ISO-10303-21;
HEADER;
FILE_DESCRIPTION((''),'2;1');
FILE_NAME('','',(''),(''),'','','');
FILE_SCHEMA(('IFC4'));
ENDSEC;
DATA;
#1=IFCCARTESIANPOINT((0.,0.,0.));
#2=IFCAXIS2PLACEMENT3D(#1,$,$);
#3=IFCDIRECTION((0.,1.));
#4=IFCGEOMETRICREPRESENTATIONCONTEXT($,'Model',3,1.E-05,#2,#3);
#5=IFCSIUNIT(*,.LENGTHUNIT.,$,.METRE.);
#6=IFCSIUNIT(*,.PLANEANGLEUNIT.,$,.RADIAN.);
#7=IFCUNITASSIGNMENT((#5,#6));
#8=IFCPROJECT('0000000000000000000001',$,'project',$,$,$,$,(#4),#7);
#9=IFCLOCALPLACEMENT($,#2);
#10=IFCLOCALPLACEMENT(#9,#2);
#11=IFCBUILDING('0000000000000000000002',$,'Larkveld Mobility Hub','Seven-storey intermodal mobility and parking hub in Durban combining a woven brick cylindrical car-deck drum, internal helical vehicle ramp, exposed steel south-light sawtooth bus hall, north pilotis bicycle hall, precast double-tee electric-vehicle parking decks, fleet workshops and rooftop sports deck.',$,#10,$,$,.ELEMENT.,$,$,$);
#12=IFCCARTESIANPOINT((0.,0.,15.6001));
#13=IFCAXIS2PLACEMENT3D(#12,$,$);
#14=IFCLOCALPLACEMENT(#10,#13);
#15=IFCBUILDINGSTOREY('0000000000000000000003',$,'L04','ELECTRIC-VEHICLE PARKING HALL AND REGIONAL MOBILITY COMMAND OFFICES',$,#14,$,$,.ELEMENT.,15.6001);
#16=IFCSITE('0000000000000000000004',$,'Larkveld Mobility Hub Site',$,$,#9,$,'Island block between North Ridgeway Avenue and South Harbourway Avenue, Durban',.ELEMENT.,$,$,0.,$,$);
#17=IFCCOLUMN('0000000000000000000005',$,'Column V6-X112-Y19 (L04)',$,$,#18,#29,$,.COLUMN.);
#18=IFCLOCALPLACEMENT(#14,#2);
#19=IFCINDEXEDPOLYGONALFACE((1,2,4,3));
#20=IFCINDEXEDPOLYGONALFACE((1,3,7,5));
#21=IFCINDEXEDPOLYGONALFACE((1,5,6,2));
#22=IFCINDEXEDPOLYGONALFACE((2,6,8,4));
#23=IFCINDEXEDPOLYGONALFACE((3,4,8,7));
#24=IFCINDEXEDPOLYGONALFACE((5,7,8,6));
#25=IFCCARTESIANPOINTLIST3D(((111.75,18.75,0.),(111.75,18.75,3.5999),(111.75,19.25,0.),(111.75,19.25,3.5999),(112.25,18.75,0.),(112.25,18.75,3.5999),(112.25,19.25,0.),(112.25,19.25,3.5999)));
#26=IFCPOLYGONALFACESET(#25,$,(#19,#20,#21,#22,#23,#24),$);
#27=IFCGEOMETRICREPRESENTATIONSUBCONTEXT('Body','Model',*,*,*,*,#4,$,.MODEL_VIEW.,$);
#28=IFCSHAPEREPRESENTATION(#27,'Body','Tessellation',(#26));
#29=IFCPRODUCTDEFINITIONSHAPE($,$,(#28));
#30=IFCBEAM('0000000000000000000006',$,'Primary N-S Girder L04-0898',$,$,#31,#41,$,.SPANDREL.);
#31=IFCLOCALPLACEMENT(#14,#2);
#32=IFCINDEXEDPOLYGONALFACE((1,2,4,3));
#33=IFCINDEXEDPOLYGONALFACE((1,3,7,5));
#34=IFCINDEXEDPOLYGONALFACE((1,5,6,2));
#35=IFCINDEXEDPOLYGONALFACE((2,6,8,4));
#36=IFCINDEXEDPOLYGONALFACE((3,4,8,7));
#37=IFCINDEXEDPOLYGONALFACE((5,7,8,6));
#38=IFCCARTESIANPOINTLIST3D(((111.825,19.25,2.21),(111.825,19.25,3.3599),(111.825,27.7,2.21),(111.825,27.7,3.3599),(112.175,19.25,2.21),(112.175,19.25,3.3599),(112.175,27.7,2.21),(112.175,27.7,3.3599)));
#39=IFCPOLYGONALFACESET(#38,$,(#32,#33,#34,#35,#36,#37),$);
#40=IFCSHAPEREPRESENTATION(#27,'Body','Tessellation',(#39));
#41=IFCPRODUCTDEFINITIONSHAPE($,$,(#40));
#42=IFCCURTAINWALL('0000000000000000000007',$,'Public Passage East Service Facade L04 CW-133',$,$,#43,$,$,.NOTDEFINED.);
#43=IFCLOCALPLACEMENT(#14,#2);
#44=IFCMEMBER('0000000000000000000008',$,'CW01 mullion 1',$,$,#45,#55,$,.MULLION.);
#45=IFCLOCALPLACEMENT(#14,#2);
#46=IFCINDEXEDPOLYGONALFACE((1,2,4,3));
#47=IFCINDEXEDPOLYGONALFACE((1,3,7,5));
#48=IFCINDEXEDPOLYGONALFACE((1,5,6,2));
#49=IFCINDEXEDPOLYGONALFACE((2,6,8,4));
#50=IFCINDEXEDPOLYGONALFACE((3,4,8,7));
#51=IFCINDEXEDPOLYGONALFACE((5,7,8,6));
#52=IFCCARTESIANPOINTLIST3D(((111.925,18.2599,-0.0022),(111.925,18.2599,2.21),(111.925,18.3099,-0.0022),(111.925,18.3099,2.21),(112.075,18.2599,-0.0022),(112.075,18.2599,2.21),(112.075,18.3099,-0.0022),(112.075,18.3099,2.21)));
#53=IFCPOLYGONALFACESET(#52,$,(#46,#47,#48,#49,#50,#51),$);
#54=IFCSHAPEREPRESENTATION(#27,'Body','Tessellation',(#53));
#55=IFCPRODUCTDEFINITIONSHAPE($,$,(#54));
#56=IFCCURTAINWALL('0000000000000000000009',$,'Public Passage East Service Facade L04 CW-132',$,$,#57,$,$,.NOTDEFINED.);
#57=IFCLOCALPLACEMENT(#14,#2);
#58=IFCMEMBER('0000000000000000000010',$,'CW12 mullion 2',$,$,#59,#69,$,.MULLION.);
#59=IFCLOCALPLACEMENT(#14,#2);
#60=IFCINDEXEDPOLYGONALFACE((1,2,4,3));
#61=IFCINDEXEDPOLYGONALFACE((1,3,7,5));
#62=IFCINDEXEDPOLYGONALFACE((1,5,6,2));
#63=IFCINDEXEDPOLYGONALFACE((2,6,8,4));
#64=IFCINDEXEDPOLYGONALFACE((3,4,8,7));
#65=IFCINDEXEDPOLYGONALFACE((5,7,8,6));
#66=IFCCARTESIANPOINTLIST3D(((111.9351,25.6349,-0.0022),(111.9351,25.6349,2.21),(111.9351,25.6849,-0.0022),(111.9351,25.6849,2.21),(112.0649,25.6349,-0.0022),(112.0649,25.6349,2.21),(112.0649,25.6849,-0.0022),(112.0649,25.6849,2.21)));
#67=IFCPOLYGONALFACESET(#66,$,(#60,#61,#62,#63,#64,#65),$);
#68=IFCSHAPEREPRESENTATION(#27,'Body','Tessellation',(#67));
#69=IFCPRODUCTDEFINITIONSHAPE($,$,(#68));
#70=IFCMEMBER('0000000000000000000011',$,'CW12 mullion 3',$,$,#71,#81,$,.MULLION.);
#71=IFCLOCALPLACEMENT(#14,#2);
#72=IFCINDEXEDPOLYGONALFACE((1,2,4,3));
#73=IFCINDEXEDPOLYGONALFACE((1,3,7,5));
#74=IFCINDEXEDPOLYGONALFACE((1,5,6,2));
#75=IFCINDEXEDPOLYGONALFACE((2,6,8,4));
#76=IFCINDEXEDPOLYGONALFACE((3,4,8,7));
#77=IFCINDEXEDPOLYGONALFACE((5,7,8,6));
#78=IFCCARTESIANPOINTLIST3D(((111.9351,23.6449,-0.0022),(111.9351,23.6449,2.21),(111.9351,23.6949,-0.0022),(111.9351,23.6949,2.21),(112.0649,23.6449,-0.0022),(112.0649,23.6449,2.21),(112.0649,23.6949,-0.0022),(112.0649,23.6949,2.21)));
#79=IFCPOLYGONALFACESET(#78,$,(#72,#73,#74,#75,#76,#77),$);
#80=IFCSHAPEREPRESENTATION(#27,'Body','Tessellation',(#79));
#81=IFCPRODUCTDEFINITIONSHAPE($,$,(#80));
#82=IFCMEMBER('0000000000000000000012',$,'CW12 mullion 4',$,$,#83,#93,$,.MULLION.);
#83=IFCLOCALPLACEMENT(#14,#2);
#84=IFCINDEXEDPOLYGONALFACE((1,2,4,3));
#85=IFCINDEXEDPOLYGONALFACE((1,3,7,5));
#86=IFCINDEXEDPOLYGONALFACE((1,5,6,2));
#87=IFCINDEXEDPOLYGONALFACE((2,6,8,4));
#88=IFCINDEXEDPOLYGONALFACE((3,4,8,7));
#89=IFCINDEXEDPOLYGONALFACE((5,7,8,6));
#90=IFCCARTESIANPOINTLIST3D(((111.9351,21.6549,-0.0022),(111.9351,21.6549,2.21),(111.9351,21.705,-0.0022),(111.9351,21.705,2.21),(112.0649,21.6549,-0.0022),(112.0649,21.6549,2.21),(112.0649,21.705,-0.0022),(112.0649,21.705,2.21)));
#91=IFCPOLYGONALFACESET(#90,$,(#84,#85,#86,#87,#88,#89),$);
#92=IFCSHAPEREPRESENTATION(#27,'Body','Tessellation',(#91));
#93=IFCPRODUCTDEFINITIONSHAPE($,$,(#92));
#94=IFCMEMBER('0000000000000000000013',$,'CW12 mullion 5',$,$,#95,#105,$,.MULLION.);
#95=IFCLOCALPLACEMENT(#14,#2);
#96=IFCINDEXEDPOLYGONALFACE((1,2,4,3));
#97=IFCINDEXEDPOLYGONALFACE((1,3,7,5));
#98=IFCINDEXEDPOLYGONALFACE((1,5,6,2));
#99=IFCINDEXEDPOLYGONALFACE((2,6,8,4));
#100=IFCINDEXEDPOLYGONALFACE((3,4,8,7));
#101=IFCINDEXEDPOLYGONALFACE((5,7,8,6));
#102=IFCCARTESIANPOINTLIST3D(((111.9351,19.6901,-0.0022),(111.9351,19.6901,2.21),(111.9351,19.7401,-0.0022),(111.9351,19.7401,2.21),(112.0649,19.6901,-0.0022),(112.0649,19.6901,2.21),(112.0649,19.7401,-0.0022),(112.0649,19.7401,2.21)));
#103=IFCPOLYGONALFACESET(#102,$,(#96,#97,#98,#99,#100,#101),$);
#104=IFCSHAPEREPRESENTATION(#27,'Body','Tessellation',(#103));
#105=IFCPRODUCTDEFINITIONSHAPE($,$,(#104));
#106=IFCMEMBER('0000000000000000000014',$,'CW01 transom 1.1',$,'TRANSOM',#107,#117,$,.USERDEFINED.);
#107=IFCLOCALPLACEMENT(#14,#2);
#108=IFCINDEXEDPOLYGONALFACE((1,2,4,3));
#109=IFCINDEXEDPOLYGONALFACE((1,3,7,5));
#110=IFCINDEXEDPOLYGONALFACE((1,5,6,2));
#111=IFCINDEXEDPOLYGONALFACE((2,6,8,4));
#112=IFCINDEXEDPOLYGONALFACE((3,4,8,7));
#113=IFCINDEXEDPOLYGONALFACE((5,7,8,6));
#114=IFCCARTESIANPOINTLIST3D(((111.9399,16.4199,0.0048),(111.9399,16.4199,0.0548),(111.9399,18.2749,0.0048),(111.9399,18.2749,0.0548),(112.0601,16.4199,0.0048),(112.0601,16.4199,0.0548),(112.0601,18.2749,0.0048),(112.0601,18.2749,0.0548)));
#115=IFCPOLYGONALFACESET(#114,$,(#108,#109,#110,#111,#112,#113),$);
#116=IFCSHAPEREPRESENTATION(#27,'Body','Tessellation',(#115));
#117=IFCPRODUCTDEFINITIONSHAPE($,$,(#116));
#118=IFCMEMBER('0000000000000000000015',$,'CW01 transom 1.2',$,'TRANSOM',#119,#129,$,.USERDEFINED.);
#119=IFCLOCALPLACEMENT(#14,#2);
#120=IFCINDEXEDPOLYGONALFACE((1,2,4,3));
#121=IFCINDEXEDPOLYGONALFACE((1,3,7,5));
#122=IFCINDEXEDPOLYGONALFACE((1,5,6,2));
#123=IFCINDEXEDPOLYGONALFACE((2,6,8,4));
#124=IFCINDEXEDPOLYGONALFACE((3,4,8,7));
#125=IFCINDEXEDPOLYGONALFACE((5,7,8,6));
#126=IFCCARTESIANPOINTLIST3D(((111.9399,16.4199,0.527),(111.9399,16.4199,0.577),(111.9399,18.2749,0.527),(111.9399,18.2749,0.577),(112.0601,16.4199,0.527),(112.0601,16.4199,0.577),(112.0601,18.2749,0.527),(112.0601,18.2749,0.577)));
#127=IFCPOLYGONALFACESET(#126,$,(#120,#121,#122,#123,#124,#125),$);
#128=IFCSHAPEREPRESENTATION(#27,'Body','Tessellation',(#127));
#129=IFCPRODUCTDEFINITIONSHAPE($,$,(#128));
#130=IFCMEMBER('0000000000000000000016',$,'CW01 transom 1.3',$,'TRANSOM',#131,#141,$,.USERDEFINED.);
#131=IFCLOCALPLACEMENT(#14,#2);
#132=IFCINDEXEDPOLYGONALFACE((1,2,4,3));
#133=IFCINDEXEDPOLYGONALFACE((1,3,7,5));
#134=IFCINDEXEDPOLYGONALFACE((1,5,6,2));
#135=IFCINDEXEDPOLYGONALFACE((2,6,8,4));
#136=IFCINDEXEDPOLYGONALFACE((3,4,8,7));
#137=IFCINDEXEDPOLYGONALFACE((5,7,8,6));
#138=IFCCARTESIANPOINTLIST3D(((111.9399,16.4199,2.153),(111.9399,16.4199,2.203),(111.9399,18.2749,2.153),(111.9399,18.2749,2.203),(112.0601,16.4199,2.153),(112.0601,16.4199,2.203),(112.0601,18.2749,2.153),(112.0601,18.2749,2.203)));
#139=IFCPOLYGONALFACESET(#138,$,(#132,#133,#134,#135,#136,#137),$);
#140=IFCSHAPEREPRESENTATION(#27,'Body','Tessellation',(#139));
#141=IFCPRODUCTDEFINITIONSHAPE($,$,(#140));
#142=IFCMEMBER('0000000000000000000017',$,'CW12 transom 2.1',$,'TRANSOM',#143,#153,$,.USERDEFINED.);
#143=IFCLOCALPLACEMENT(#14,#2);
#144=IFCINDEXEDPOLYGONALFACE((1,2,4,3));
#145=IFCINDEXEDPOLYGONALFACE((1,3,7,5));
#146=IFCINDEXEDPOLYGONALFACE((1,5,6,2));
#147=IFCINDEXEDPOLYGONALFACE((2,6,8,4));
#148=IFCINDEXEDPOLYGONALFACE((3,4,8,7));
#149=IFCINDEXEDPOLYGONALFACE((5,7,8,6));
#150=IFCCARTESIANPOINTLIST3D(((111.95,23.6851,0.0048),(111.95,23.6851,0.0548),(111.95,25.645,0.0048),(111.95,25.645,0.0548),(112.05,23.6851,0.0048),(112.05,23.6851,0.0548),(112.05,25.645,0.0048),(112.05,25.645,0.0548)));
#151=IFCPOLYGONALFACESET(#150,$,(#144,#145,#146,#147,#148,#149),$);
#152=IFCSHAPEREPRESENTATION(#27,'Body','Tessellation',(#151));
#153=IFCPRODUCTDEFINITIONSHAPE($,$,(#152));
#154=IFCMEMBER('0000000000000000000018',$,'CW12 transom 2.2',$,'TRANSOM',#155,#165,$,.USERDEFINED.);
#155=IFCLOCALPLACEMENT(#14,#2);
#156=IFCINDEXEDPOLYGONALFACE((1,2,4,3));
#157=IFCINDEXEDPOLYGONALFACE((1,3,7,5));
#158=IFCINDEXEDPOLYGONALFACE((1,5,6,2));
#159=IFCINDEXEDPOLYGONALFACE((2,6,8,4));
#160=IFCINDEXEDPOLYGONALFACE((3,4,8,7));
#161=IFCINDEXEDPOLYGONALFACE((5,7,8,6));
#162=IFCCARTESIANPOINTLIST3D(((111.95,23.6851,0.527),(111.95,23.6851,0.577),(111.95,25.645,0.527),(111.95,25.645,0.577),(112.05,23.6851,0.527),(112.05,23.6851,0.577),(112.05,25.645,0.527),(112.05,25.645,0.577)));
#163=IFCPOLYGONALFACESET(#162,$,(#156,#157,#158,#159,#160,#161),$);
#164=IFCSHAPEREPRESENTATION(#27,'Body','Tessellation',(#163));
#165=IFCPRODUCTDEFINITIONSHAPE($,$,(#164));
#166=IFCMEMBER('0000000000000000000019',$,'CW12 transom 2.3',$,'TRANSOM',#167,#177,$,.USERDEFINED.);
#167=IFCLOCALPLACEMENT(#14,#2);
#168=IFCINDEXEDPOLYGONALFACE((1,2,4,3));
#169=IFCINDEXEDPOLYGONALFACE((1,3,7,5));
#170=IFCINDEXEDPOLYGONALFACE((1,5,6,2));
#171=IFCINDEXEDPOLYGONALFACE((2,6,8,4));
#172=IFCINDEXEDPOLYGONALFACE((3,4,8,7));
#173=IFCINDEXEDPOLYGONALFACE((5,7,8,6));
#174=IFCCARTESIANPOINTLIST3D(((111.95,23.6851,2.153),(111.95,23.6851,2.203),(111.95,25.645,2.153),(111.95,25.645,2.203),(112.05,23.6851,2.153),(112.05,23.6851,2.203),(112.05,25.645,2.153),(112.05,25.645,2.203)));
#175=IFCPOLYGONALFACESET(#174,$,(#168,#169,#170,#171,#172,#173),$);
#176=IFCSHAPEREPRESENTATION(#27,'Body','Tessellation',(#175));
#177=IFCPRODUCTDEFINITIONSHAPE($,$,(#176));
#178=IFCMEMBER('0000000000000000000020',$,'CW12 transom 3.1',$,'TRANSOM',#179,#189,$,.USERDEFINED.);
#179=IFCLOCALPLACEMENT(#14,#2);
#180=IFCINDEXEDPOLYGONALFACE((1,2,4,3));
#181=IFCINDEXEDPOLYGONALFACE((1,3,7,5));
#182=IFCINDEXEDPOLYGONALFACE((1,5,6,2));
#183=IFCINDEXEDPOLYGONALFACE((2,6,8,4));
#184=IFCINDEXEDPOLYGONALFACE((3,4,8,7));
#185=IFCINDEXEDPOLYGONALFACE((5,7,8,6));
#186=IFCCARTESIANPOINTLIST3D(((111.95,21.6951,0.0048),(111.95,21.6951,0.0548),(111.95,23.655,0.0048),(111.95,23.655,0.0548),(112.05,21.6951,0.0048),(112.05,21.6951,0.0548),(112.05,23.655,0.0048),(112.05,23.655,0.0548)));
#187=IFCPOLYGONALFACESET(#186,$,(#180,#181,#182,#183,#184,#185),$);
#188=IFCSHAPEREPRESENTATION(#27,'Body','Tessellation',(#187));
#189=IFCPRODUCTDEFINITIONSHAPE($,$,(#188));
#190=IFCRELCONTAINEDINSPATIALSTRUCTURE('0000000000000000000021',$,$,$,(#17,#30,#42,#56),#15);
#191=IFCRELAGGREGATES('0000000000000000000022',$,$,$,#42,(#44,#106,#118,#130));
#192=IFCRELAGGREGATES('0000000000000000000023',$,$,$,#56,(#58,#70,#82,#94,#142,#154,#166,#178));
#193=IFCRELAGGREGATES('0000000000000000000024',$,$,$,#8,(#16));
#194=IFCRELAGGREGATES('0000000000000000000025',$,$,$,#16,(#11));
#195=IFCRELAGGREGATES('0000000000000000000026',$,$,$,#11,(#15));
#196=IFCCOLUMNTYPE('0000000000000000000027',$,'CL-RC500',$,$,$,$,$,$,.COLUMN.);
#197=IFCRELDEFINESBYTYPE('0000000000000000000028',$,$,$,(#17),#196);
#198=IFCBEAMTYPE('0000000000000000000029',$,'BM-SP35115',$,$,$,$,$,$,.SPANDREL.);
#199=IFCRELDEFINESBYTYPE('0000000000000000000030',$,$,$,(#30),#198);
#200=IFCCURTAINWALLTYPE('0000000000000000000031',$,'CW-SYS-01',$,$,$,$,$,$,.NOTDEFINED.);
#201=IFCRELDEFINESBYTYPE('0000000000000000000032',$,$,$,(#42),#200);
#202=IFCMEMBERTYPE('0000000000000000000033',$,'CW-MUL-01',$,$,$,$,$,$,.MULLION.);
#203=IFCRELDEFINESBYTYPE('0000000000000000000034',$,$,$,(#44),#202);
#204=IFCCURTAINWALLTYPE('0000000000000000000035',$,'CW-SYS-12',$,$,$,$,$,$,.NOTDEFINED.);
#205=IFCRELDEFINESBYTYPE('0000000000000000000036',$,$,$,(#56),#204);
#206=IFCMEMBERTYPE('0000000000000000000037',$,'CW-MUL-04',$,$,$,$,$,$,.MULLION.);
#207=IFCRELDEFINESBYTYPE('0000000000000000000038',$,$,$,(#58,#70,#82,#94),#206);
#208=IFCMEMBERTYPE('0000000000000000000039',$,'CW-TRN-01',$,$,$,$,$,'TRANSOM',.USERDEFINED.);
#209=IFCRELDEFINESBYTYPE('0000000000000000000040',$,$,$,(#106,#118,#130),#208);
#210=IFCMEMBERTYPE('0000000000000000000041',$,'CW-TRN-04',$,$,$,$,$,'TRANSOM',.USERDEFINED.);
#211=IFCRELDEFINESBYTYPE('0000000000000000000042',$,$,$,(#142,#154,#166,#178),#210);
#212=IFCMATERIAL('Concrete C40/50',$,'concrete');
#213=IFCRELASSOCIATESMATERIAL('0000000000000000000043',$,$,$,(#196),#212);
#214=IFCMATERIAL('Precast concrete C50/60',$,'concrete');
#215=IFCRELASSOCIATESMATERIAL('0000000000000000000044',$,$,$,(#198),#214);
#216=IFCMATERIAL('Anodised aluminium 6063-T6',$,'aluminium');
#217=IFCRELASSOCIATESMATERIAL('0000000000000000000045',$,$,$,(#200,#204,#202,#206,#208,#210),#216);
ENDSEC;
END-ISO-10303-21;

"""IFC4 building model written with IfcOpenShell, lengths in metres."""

from ifc_helpers import new_model, si_unit, direction, frame, origin, origin_2d, place, context, subcontext, project, spatial, rectangle, extrude, material, material_profile, profile_set, type_object, element, aggregate, save


model = new_model("IFC4")

# Units and contexts
model_context = context("Model", 3, precision=1e-05, world=origin(), true_north=direction((0.0, 1.0)))
body_context = subcontext(model_context, "Body", "Model", "MODEL_VIEW")
ifc_project = project(units=[si_unit("LENGTHUNIT", "METRE"), si_unit("PLANEANGLEUNIT", "RADIAN")], contexts=[model_context])

# Site, building, storey
site_placement = place(None, origin())
site = spatial("IfcSite", under=ifc_project, at=site_placement, Name="Larkveld Mobility Hub Site", LongName="Island block between North Ridgeway Avenue and South Harbourway Avenue, Durban", CompositionType="ELEMENT", RefElevation=0.0)
building_placement = place(site_placement, origin())
building = spatial("IfcBuilding", under=site, at=building_placement, Name="Larkveld Mobility Hub", Description="Seven-storey intermodal mobility and parking hub in Durban combining a woven brick cylindrical car-deck drum, internal helical vehicle ramp, exposed steel south-light sawtooth bus hall, north pilotis bicycle hall, precast double-tee electric-vehicle parking decks, fleet workshops and rooftop sports deck.", CompositionType="ELEMENT")
storey_placement = place(building_placement, frame((0.0, 0.0, 15.6001)))
storey = spatial("IfcBuildingStorey", under=building, at=storey_placement, Name="L04", Description="ELECTRIC-VEHICLE PARKING HALL AND REGIONAL MOBILITY COMMAND OFFICES", CompositionType="ELEMENT", Elevation=15.6001)

# Column
ifc_material_1 = material(Name="Concrete C40/50", Category="concrete")
ifc_material_profile_1 = material_profile(ifc_material_1, rectangle(XDim=0.5, YDim=0.5, at=origin_2d()), Name="RC COL 500x500")
ifc_profile_set_1 = profile_set([ifc_material_profile_1], Name="Concrete C40/50")
column_type = type_object("IfcColumnType", Name="CL-RC500", PredefinedType="COLUMN", material=ifc_profile_set_1)
column_placement = place(storey_placement, frame((112.0, 19.0, 0.0), z_axis=(0.0, 0.0, 1.0), x_axis=(1.0, 0.0, 0.0)))
element("IfcColumn", 1, at=column_placement, inside=storey, type_object=column_type, Name="Column V6-X112-Y19 (L04)", PredefinedType="COLUMN", context=body_context, shape_type="SweptSolid", body=[
    extrude(rectangle(XDim=0.5, YDim=0.5, at=origin_2d()), origin(), (0.0, 0.0, 1.0), 3.5999),
])

# Beam
ifc_material_2 = material(Name="Precast concrete C50/60", Category="concrete")
ifc_material_profile_2 = material_profile(ifc_material_2, rectangle(XDim=0.3501, YDim=1.1499, at=origin_2d()), Name="PC SP 350x1150")
ifc_profile_set_2 = profile_set([ifc_material_profile_2], Name="Precast concrete C50/60")
beam_type = type_object("IfcBeamType", Name="BM-SP35115", PredefinedType="SPANDREL", material=ifc_profile_set_2)
beam_placement = place(storey_placement, frame((112.0, 19.25, 2.7849), z_axis=(0.0, 1.0, 0.0), x_axis=(-1.0, 0.0, 0.0)))
element("IfcBeam", 2, at=beam_placement, inside=storey, type_object=beam_type, Name="Primary N-S Girder L04-0898", PredefinedType="SPANDREL", context=body_context, shape_type="SweptSolid", body=[
    extrude(rectangle(XDim=0.3501, YDim=1.1499, at=origin_2d()), origin(), (0.0, 0.0, 1.0), 8.45),
])

# Curtain wall, member
ifc_material_3 = material(Name="Anodised aluminium 6063-T6", Category="aluminium")
curtain_wall_type_1 = type_object("IfcCurtainWallType", Name="CW-SYS-01", PredefinedType="NOTDEFINED", material=ifc_material_3)
curtain_wall_1_placement = place(storey_placement, origin())
curtain_wall_1 = element("IfcCurtainWall", 3, at=curtain_wall_1_placement, inside=storey, type_object=curtain_wall_type_1, Name="Public Passage East Service Facade L04 CW-133", PredefinedType="NOTDEFINED")
ifc_material_profile_3 = material_profile(ifc_material_3, rectangle(XDim=0.05, YDim=0.1499, at=origin_2d()), Name="ALU MULL 50x150")
ifc_profile_set_3 = profile_set([ifc_material_profile_3], Name="Anodised aluminium 6063-T6")
member_type_1 = type_object("IfcMemberType", Name="CW-MUL-01", PredefinedType="MULLION", material=ifc_profile_set_3)
member_1_placement = place(storey_placement, frame((112.0, 18.2849, -0.0022), z_axis=(0.0, 0.0, 1.0), x_axis=(0.0, -1.0, 0.0)))
member_1 = element("IfcMember", 4, at=member_1_placement, type_object=member_type_1, Name="CW01 mullion 1", PredefinedType="MULLION", context=body_context, shape_type="SweptSolid", body=[
    extrude(rectangle(XDim=0.05, YDim=0.1499, at=origin_2d()), origin(), (0.0, 0.0, 1.0), 2.2122),
])

# Curtain wall, members
curtain_wall_type_2 = type_object("IfcCurtainWallType", Name="CW-SYS-12", PredefinedType="NOTDEFINED", material=ifc_material_3)
curtain_wall_2_placement = place(storey_placement, origin())
curtain_wall_2 = element("IfcCurtainWall", 5, at=curtain_wall_2_placement, inside=storey, type_object=curtain_wall_type_2, Name="Public Passage East Service Facade L04 CW-132", PredefinedType="NOTDEFINED")
ifc_material_profile_4 = material_profile(ifc_material_3, rectangle(XDim=0.05, YDim=0.1299, at=origin_2d()), Name="ALU MULL 50x130")
ifc_profile_set_4 = profile_set([ifc_material_profile_4], Name="Anodised aluminium 6063-T6")
member_type_2 = type_object("IfcMemberType", Name="CW-MUL-04", PredefinedType="MULLION", material=ifc_profile_set_4)
member_2_placement = place(storey_placement, frame((112.0, 25.6599, -0.0022), z_axis=(0.0, 0.0, 1.0), x_axis=(0.0, -1.0, 0.0)))
member_2 = element("IfcMember", 6, at=member_2_placement, type_object=member_type_2, Name="CW12 mullion 2", PredefinedType="MULLION", context=body_context, shape_type="SweptSolid", body=[
    extrude(rectangle(XDim=0.05, YDim=0.1299, at=origin_2d()), origin(), (0.0, 0.0, 1.0), 2.2122),
])
member_3_placement = place(storey_placement, frame((112.0, 23.6699, -0.0022), z_axis=(0.0, 0.0, 1.0), x_axis=(0.0, -1.0, 0.0)))
member_3 = element("IfcMember", 7, at=member_3_placement, type_object=member_type_2, Name="CW12 mullion 3", PredefinedType="MULLION", context=body_context, shape_type="SweptSolid", body=[
    extrude(rectangle(XDim=0.05, YDim=0.1299, at=origin_2d()), origin(), (0.0, 0.0, 1.0), 2.2122),
])
member_4_placement = place(storey_placement, frame((112.0, 21.6799, -0.0022), z_axis=(0.0, 0.0, 1.0), x_axis=(0.0, -1.0, 0.0)))
member_4 = element("IfcMember", 8, at=member_4_placement, type_object=member_type_2, Name="CW12 mullion 4", PredefinedType="MULLION", context=body_context, shape_type="SweptSolid", body=[
    extrude(rectangle(XDim=0.05, YDim=0.1299, at=origin_2d()), origin(), (0.0, 0.0, 1.0), 2.2122),
])
member_5_placement = place(storey_placement, frame((112.0, 19.7151, -0.0022), z_axis=(0.0, 0.0, 1.0), x_axis=(0.0, -1.0, 0.0)))
member_5 = element("IfcMember", 9, at=member_5_placement, type_object=member_type_2, Name="CW12 mullion 5", PredefinedType="MULLION", context=body_context, shape_type="SweptSolid", body=[
    extrude(rectangle(XDim=0.05, YDim=0.1299, at=origin_2d()), origin(), (0.0, 0.0, 1.0), 2.2122),
])

# Members
ifc_material_profile_5 = material_profile(ifc_material_3, rectangle(XDim=0.1201, YDim=0.05, at=origin_2d()), Name="ALU TRAN 50x120")
ifc_profile_set_5 = profile_set([ifc_material_profile_5], Name="Anodised aluminium 6063-T6")
member_type_3 = type_object("IfcMemberType", Name="CW-TRN-01", ElementType="TRANSOM", PredefinedType="USERDEFINED", material=ifc_profile_set_5)
member_6_placement = place(storey_placement, frame((112.0, 18.2749, 0.0298), z_axis=(0.0, -1.0, 0.0), x_axis=(1.0, 0.0, 0.0)))
member_6 = element("IfcMember", 10, at=member_6_placement, type_object=member_type_3, Name="CW01 transom 1.1", ObjectType="TRANSOM", PredefinedType="USERDEFINED", context=body_context, shape_type="SweptSolid", body=[
    extrude(rectangle(XDim=0.1201, YDim=0.05, at=origin_2d()), origin(), (0.0, 0.0, 1.0), 1.855),
])
member_7_placement = place(storey_placement, frame((112.0, 18.2749, 0.552), z_axis=(0.0, -1.0, 0.0), x_axis=(1.0, 0.0, 0.0)))
member_7 = element("IfcMember", 11, at=member_7_placement, type_object=member_type_3, Name="CW01 transom 1.2", ObjectType="TRANSOM", PredefinedType="USERDEFINED", context=body_context, shape_type="SweptSolid", body=[
    extrude(rectangle(XDim=0.1201, YDim=0.05, at=origin_2d()), origin(), (0.0, 0.0, 1.0), 1.855),
])
member_8_placement = place(storey_placement, frame((112.0, 18.2749, 2.178), z_axis=(0.0, -1.0, 0.0), x_axis=(1.0, 0.0, 0.0)))
member_8 = element("IfcMember", 12, at=member_8_placement, type_object=member_type_3, Name="CW01 transom 1.3", ObjectType="TRANSOM", PredefinedType="USERDEFINED", context=body_context, shape_type="SweptSolid", body=[
    extrude(rectangle(XDim=0.1201, YDim=0.05, at=origin_2d()), origin(), (0.0, 0.0, 1.0), 1.855),
])
aggregate(curtain_wall_1, [member_1, member_6, member_7, member_8])
ifc_material_profile_6 = material_profile(ifc_material_3, rectangle(XDim=0.1001, YDim=0.05, at=origin_2d()), Name="ALU TRAN 50x100")
ifc_profile_set_6 = profile_set([ifc_material_profile_6], Name="Anodised aluminium 6063-T6")
member_type_4 = type_object("IfcMemberType", Name="CW-TRN-04", ElementType="TRANSOM", PredefinedType="USERDEFINED", material=ifc_profile_set_6)
member_9_placement = place(storey_placement, frame((112.0, 25.645, 0.0298), z_axis=(0.0, -1.0, 0.0), x_axis=(1.0, 0.0, 0.0)))
member_9 = element("IfcMember", 13, at=member_9_placement, type_object=member_type_4, Name="CW12 transom 2.1", ObjectType="TRANSOM", PredefinedType="USERDEFINED", context=body_context, shape_type="SweptSolid", body=[
    extrude(rectangle(XDim=0.1001, YDim=0.05, at=origin_2d()), origin(), (0.0, 0.0, 1.0), 1.96),
])
member_10_placement = place(storey_placement, frame((112.0, 25.645, 0.552), z_axis=(0.0, -1.0, 0.0), x_axis=(1.0, 0.0, 0.0)))
member_10 = element("IfcMember", 14, at=member_10_placement, type_object=member_type_4, Name="CW12 transom 2.2", ObjectType="TRANSOM", PredefinedType="USERDEFINED", context=body_context, shape_type="SweptSolid", body=[
    extrude(rectangle(XDim=0.1001, YDim=0.05, at=origin_2d()), origin(), (0.0, 0.0, 1.0), 1.96),
])
member_11_placement = place(storey_placement, frame((112.0, 25.645, 2.178), z_axis=(0.0, -1.0, 0.0), x_axis=(1.0, 0.0, 0.0)))
member_11 = element("IfcMember", 15, at=member_11_placement, type_object=member_type_4, Name="CW12 transom 2.3", ObjectType="TRANSOM", PredefinedType="USERDEFINED", context=body_context, shape_type="SweptSolid", body=[
    extrude(rectangle(XDim=0.1001, YDim=0.05, at=origin_2d()), origin(), (0.0, 0.0, 1.0), 1.96),
])
member_12_placement = place(storey_placement, frame((112.0, 23.655, 0.0298), z_axis=(0.0, -1.0, 0.0), x_axis=(1.0, 0.0, 0.0)))
member_12 = element("IfcMember", 16, at=member_12_placement, type_object=member_type_4, Name="CW12 transom 3.1", ObjectType="TRANSOM", PredefinedType="USERDEFINED", context=body_context, shape_type="SweptSolid", body=[
    extrude(rectangle(XDim=0.1001, YDim=0.05, at=origin_2d()), origin(), (0.0, 0.0, 1.0), 1.96),
])

aggregate(curtain_wall_2, [member_2, member_3, member_4, member_5, member_9, member_10, member_11, member_12])

save(model, "model.ifc")
